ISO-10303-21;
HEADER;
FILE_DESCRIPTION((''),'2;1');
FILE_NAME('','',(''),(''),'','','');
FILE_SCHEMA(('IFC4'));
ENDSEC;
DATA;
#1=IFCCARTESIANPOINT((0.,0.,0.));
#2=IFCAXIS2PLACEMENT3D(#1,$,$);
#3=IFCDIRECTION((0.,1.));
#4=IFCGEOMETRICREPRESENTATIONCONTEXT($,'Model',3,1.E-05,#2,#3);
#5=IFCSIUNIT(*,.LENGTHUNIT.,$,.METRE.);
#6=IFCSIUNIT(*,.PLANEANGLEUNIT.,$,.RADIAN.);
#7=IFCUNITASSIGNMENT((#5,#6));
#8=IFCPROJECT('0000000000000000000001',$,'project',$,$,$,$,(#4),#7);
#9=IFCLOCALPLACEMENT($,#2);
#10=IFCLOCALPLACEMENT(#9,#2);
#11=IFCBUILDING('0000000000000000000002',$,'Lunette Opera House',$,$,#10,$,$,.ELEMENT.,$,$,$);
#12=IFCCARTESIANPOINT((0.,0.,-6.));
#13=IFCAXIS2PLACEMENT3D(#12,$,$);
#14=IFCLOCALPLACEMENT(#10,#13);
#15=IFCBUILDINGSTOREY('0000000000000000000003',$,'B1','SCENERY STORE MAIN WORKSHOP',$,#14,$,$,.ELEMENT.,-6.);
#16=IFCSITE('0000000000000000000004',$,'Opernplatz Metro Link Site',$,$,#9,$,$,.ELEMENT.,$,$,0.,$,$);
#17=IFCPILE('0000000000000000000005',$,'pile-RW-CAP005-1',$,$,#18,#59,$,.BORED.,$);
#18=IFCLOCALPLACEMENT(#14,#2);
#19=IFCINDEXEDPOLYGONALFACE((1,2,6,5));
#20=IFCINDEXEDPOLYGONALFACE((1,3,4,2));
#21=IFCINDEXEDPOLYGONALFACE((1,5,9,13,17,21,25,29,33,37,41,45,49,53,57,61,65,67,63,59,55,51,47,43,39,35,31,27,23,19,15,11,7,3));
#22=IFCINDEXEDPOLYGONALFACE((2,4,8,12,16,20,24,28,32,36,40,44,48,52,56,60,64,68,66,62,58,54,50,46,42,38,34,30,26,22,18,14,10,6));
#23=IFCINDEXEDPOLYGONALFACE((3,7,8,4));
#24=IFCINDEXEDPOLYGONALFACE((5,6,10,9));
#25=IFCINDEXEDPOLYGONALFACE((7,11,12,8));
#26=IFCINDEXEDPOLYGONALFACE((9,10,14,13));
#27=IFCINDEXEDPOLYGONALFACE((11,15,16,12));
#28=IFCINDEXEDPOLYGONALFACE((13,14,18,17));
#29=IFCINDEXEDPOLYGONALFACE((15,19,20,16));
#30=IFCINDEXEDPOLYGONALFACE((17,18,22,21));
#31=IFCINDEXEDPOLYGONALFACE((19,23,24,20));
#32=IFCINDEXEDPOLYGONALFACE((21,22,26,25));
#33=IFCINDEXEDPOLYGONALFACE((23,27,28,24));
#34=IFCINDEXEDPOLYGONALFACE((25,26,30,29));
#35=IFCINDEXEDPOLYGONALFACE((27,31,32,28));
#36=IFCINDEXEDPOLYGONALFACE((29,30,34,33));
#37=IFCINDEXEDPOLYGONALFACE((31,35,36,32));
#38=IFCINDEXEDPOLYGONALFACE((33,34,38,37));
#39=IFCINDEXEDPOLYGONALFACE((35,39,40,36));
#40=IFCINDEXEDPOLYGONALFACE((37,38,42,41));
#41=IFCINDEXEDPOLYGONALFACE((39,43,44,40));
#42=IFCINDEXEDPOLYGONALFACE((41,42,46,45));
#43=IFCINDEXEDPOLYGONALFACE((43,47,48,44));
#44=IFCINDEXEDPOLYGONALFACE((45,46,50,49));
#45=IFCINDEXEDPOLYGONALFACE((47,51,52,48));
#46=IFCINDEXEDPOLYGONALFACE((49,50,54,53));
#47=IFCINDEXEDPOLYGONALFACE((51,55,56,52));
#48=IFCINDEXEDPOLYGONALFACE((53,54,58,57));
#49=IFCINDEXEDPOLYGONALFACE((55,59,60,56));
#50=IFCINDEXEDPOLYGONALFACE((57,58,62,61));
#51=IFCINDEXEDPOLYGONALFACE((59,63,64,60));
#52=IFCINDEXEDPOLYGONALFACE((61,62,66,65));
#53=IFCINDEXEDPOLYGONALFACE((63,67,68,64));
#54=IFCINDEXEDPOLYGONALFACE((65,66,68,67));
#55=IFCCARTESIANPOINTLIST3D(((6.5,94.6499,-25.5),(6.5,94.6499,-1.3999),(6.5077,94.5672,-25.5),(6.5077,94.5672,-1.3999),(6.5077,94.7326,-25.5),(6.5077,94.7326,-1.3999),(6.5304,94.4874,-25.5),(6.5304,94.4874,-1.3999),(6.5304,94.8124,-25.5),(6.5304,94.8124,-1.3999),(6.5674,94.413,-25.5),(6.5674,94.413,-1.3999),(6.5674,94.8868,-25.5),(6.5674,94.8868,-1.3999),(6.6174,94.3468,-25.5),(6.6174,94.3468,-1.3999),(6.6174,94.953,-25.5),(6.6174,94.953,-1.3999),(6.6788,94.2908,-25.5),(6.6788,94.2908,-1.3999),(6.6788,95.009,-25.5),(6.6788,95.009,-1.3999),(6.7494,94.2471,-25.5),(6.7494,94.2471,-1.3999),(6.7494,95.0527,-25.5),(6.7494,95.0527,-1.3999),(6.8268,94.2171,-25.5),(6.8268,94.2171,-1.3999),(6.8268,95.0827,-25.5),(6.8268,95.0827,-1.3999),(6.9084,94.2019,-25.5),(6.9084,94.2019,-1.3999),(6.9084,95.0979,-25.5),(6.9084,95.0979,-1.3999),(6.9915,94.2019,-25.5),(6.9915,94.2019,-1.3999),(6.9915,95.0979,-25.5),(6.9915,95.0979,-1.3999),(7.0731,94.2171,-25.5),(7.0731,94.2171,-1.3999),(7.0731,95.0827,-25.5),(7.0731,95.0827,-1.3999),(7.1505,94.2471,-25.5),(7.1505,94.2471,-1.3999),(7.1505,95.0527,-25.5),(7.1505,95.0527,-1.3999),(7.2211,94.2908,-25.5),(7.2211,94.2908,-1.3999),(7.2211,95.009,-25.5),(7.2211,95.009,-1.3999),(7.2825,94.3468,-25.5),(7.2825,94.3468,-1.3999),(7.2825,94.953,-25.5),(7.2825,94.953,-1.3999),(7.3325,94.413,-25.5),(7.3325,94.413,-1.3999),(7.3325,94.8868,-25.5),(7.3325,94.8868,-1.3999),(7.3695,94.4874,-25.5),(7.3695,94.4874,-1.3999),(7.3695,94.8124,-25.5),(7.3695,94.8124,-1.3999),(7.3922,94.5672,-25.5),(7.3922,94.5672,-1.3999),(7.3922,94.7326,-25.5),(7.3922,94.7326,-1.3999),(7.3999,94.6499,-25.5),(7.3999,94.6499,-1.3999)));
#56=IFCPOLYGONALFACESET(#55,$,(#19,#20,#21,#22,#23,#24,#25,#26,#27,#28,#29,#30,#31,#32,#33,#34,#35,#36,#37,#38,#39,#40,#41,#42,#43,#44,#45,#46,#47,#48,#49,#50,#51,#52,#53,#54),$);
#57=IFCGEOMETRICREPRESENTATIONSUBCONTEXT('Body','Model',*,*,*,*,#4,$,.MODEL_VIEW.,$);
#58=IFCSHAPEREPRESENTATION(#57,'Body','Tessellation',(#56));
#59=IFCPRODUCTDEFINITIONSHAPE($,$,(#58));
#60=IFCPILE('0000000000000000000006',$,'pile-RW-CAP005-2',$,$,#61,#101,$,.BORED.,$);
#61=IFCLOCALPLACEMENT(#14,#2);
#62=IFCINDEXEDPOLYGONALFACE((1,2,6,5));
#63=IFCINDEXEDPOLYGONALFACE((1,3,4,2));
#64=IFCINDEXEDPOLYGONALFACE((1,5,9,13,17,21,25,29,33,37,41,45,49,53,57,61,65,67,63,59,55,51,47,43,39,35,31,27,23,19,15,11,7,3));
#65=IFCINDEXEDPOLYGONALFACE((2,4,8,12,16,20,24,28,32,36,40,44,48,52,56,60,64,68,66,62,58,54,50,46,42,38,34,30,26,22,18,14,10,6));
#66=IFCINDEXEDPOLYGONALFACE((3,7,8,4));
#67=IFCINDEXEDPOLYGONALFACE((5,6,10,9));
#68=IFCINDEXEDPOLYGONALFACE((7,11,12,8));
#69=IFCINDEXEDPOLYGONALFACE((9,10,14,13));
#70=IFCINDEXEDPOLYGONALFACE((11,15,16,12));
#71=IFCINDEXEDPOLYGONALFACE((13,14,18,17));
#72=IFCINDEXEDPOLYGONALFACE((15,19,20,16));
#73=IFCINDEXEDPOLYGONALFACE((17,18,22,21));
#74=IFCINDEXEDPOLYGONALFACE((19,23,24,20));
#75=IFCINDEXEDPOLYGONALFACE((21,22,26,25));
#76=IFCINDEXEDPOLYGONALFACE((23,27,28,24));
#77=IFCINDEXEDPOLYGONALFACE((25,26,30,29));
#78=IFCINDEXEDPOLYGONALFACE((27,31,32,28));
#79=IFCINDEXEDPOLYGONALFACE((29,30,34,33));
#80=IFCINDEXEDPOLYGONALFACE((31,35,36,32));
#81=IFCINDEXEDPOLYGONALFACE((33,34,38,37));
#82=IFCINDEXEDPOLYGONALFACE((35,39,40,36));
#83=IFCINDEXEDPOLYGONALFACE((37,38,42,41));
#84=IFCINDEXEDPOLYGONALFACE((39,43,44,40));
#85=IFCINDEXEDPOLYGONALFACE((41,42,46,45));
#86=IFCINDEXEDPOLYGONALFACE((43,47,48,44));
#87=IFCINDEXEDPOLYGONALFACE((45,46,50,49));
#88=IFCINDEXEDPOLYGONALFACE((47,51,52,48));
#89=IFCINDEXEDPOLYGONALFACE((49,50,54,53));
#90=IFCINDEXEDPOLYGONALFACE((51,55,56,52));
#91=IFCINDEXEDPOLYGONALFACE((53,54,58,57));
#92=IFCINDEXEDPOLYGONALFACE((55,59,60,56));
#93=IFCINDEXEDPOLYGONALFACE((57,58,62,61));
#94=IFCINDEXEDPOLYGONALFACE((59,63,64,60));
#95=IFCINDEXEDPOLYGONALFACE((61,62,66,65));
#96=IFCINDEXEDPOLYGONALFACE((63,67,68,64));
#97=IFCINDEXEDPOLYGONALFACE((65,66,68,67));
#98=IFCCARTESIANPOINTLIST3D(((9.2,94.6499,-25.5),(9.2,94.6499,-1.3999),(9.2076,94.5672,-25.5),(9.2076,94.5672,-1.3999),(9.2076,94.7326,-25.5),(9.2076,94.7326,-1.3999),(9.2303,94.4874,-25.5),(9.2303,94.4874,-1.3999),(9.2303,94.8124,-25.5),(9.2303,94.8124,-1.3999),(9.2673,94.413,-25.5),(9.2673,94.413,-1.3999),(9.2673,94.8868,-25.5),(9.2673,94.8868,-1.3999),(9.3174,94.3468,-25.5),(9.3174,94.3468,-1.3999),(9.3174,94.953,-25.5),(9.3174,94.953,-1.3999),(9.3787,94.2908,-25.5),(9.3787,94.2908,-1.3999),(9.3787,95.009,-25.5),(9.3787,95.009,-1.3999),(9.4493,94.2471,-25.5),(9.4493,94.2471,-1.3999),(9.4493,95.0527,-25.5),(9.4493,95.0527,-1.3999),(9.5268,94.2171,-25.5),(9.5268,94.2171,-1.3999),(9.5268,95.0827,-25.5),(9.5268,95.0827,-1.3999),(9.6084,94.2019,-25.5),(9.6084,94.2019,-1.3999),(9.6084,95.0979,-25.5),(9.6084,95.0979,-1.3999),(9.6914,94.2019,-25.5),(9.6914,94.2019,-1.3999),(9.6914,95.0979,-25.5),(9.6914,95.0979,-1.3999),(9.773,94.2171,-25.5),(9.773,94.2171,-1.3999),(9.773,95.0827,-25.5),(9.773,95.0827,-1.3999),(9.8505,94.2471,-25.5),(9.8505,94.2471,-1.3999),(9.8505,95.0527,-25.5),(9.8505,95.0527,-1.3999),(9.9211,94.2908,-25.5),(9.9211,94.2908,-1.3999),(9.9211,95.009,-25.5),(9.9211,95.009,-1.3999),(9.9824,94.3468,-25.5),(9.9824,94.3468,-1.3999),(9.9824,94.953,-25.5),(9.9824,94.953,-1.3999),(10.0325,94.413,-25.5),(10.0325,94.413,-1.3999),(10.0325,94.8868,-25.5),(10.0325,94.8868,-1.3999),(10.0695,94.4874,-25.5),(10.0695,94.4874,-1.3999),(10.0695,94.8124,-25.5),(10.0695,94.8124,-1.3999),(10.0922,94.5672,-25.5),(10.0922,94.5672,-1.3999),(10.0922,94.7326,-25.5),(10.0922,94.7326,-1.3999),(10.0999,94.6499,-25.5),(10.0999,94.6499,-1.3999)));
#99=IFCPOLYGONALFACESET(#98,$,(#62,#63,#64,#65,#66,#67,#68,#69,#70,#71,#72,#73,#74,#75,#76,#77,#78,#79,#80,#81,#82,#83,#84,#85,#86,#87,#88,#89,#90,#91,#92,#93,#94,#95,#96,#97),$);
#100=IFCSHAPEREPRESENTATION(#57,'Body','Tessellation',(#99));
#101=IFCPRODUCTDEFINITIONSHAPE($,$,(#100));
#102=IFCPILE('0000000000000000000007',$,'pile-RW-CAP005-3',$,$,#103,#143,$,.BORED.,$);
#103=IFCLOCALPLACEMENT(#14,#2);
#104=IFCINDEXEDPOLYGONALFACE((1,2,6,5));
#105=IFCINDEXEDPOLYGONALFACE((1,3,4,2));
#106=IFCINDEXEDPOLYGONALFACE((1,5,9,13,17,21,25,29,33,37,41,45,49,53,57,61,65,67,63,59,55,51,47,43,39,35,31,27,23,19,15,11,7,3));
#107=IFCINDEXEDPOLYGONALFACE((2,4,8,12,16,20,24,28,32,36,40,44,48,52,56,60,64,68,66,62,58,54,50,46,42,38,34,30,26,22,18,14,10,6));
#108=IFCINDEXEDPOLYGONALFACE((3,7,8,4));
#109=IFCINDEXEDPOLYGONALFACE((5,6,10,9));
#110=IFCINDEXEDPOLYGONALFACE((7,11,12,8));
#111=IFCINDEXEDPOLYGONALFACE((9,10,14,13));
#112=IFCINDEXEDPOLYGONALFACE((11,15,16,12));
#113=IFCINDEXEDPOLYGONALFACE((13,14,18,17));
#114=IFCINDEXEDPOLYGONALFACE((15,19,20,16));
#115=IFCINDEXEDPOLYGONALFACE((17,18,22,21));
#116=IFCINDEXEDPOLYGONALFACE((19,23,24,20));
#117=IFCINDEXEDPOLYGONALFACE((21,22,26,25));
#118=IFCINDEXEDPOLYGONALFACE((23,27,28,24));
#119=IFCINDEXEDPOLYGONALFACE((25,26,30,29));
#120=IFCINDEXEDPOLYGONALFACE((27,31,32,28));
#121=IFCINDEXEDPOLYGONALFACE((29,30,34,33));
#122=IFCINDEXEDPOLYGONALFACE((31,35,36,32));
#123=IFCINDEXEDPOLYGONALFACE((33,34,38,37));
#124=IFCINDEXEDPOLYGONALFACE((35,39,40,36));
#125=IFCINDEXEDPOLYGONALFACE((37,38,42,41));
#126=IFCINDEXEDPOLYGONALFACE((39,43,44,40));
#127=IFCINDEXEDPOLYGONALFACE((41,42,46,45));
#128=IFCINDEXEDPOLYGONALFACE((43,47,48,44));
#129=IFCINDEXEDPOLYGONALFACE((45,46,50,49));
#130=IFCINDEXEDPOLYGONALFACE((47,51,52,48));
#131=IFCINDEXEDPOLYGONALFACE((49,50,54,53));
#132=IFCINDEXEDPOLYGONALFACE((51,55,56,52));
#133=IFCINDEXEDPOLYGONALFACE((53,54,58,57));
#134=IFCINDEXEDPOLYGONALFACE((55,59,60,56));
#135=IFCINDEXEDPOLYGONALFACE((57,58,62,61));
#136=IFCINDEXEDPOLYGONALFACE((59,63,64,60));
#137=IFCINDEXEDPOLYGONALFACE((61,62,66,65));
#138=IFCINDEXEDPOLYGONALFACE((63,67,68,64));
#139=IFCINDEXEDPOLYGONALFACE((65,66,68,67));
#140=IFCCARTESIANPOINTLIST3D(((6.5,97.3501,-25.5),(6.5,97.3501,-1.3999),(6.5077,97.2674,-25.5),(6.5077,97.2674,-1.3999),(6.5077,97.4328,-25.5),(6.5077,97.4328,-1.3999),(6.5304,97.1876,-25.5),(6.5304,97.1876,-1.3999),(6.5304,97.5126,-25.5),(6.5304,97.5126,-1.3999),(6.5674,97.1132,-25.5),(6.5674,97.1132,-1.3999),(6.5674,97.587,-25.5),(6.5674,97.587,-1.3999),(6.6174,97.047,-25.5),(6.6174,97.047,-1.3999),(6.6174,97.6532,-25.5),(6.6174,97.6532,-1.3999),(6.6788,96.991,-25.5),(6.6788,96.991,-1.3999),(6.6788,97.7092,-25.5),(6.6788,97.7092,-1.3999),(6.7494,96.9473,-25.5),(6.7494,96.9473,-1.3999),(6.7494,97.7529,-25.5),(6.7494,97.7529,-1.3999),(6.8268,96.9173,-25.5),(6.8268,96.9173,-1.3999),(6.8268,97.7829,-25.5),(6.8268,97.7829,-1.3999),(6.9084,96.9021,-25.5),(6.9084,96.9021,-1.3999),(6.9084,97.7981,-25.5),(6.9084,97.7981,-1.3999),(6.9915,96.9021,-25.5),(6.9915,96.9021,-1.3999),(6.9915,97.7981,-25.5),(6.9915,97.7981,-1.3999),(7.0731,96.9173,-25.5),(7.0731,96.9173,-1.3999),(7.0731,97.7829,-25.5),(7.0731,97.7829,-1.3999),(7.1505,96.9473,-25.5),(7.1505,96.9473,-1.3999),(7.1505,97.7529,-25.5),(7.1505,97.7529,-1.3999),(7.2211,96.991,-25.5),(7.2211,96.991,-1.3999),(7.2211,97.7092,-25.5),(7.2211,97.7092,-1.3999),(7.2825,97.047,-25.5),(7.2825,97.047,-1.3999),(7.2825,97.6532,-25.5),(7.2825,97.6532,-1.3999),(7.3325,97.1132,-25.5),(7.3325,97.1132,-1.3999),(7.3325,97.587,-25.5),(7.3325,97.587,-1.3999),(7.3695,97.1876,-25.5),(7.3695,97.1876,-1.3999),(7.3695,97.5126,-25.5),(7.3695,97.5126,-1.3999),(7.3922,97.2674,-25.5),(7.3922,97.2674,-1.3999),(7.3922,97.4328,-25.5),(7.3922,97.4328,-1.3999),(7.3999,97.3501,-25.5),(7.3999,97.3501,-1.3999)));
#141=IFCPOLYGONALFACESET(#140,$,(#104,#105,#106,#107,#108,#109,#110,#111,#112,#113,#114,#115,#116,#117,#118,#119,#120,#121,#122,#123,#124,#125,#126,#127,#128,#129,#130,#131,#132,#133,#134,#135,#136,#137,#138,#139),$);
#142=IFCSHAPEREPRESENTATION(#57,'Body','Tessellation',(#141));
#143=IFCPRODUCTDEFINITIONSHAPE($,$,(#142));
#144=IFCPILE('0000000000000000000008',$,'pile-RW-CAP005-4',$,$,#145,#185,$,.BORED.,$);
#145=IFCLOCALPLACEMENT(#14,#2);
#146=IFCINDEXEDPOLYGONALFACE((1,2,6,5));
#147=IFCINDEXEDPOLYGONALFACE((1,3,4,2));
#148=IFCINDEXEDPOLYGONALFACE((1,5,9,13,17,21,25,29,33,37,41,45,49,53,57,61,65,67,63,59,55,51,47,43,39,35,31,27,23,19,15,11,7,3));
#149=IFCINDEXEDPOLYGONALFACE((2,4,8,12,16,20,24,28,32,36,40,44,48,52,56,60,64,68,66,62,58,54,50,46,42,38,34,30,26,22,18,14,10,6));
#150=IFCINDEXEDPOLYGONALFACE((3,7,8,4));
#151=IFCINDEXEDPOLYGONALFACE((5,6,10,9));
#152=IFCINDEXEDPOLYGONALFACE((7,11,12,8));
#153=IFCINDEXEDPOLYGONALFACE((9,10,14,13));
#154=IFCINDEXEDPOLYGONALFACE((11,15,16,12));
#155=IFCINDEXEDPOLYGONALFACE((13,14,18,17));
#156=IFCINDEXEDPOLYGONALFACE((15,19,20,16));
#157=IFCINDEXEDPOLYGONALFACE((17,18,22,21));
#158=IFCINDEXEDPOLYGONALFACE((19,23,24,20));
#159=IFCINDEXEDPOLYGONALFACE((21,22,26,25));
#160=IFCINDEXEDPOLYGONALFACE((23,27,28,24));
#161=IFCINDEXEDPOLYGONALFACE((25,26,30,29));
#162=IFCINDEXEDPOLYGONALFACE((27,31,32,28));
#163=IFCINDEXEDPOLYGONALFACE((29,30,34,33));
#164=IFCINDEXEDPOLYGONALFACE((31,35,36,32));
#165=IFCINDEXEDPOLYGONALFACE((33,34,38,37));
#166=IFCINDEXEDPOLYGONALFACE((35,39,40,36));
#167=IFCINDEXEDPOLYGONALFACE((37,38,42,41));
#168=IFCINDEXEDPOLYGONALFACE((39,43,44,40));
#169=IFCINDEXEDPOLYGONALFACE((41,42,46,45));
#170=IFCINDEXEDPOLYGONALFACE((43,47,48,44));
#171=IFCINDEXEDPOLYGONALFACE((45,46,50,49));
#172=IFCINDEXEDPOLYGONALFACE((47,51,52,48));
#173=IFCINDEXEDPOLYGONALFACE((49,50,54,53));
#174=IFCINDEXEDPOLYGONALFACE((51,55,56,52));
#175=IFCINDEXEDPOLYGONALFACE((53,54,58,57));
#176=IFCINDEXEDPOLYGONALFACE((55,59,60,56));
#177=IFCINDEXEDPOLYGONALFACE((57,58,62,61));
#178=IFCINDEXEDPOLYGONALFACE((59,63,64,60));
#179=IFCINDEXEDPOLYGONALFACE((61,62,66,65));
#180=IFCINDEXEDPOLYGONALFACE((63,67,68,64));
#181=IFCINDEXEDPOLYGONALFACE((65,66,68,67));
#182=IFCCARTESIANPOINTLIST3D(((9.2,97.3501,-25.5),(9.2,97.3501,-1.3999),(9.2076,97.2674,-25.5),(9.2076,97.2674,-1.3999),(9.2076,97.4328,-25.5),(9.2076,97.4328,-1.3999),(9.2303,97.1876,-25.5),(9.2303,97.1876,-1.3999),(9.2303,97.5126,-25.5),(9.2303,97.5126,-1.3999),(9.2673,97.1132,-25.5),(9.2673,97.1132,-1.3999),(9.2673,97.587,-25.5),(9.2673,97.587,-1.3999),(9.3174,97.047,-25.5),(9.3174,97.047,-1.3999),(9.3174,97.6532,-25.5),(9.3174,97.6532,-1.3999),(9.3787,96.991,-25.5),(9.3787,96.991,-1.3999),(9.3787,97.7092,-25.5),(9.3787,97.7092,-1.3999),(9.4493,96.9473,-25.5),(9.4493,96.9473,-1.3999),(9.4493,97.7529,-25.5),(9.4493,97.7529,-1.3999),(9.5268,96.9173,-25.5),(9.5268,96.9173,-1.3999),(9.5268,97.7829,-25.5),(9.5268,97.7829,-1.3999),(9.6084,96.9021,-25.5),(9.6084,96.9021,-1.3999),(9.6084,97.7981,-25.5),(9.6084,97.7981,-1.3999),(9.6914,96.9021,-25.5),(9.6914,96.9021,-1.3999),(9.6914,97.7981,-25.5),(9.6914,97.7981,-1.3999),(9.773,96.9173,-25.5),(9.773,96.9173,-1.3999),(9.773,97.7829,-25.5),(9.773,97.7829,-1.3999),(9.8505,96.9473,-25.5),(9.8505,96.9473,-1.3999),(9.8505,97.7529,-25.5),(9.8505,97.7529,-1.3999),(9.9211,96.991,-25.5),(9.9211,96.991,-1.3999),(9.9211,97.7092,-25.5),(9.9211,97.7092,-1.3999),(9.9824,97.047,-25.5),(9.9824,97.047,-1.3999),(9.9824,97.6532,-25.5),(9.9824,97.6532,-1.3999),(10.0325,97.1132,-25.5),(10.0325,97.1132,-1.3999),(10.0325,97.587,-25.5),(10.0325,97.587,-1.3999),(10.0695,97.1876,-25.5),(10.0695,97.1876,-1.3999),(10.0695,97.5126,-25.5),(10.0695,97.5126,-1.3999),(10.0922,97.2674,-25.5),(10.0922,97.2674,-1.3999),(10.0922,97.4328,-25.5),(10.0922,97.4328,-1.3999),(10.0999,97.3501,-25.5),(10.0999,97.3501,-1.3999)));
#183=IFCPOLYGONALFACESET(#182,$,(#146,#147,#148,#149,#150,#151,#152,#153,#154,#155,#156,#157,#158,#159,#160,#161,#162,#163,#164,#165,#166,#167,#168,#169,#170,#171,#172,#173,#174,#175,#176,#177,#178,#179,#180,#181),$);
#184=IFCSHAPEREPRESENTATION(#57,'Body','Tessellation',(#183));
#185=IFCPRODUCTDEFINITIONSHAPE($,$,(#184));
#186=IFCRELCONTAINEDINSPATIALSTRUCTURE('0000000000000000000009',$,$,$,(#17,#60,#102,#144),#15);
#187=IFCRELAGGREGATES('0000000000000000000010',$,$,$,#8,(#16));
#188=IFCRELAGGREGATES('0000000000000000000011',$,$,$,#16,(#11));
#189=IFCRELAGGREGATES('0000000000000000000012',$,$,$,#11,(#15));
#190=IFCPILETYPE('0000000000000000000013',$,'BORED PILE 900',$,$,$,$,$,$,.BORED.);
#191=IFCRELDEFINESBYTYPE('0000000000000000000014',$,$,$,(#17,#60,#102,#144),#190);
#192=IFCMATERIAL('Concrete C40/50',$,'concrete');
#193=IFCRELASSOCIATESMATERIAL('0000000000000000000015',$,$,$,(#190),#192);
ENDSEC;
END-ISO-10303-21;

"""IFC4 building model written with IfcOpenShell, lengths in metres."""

from ifc_helpers import new_model, si_unit, direction, frame, origin, origin_2d, place, context, subcontext, project, spatial, circle, extrude, material, material_profile, profile_set, type_object, element, save


model = new_model("IFC4")

# Units and contexts
model_context = context("Model", 3, precision=1e-05, world=origin(), true_north=direction((0.0, 1.0)))
body_context = subcontext(model_context, "Body", "Model", "MODEL_VIEW")
ifc_project = project(units=[si_unit("LENGTHUNIT", "METRE"), si_unit("PLANEANGLEUNIT", "RADIAN")], contexts=[model_context])

# Site, building, storey
site_placement = place(None, origin())
site = spatial("IfcSite", under=ifc_project, at=site_placement, Name="Opernplatz Metro Link Site", CompositionType="ELEMENT", RefElevation=0.0)
building_placement = place(site_placement, origin())
building = spatial("IfcBuilding", under=site, at=building_placement, Name="Lunette Opera House", CompositionType="ELEMENT")
storey_placement = place(building_placement, frame((0.0, 0.0, -6.0)))
storey = spatial("IfcBuildingStorey", under=building, at=storey_placement, Name="B1", Description="SCENERY STORE MAIN WORKSHOP", CompositionType="ELEMENT", Elevation=-6.0)

# Piles
ifc_material_1 = material(Name="Concrete C40/50", Category="concrete")
ifc_material_profile_1 = material_profile(ifc_material_1, circle(Radius=0.45, at=origin_2d()), Name="BORED PILE 900")
ifc_profile_set_1 = profile_set([ifc_material_profile_1], Name="Concrete C40/50")
pile_type = type_object("IfcPileType", Name="BORED PILE 900", PredefinedType="BORED", material=ifc_profile_set_1)
for number, where, z_axis, x_axis, name in (
    (1, (6.95, 94.6499, -1.3999), (0.0, 0.0, -1.0), (1.0, 0.0, 0.0), "pile-RW-CAP005-1"),
    (2, (9.6499, 94.6499, -1.3999), (0.0, 0.0, -1.0), (1.0, 0.0, 0.0), "pile-RW-CAP005-2"),
    (3, (6.95, 97.3501, -1.3999), (0.0, 0.0, -1.0), (1.0, 0.0, 0.0), "pile-RW-CAP005-3"),
    (4, (9.6499, 97.3501, -1.3999), (0.0, 0.0, -1.0), (1.0, 0.0, 0.0), "pile-RW-CAP005-4"),
):
    element("IfcPile", number, at=place(storey_placement, frame(where, z_axis=z_axis, x_axis=x_axis)), inside=storey, type_object=pile_type, Name=name, PredefinedType="BORED", context=body_context, shape_type="SweptSolid", body=[
        extrude(circle(Radius=0.45, at=origin_2d()), origin(), (0.0, 0.0, 1.0), 24.1001),
    ])

save(model, "model.ifc")
